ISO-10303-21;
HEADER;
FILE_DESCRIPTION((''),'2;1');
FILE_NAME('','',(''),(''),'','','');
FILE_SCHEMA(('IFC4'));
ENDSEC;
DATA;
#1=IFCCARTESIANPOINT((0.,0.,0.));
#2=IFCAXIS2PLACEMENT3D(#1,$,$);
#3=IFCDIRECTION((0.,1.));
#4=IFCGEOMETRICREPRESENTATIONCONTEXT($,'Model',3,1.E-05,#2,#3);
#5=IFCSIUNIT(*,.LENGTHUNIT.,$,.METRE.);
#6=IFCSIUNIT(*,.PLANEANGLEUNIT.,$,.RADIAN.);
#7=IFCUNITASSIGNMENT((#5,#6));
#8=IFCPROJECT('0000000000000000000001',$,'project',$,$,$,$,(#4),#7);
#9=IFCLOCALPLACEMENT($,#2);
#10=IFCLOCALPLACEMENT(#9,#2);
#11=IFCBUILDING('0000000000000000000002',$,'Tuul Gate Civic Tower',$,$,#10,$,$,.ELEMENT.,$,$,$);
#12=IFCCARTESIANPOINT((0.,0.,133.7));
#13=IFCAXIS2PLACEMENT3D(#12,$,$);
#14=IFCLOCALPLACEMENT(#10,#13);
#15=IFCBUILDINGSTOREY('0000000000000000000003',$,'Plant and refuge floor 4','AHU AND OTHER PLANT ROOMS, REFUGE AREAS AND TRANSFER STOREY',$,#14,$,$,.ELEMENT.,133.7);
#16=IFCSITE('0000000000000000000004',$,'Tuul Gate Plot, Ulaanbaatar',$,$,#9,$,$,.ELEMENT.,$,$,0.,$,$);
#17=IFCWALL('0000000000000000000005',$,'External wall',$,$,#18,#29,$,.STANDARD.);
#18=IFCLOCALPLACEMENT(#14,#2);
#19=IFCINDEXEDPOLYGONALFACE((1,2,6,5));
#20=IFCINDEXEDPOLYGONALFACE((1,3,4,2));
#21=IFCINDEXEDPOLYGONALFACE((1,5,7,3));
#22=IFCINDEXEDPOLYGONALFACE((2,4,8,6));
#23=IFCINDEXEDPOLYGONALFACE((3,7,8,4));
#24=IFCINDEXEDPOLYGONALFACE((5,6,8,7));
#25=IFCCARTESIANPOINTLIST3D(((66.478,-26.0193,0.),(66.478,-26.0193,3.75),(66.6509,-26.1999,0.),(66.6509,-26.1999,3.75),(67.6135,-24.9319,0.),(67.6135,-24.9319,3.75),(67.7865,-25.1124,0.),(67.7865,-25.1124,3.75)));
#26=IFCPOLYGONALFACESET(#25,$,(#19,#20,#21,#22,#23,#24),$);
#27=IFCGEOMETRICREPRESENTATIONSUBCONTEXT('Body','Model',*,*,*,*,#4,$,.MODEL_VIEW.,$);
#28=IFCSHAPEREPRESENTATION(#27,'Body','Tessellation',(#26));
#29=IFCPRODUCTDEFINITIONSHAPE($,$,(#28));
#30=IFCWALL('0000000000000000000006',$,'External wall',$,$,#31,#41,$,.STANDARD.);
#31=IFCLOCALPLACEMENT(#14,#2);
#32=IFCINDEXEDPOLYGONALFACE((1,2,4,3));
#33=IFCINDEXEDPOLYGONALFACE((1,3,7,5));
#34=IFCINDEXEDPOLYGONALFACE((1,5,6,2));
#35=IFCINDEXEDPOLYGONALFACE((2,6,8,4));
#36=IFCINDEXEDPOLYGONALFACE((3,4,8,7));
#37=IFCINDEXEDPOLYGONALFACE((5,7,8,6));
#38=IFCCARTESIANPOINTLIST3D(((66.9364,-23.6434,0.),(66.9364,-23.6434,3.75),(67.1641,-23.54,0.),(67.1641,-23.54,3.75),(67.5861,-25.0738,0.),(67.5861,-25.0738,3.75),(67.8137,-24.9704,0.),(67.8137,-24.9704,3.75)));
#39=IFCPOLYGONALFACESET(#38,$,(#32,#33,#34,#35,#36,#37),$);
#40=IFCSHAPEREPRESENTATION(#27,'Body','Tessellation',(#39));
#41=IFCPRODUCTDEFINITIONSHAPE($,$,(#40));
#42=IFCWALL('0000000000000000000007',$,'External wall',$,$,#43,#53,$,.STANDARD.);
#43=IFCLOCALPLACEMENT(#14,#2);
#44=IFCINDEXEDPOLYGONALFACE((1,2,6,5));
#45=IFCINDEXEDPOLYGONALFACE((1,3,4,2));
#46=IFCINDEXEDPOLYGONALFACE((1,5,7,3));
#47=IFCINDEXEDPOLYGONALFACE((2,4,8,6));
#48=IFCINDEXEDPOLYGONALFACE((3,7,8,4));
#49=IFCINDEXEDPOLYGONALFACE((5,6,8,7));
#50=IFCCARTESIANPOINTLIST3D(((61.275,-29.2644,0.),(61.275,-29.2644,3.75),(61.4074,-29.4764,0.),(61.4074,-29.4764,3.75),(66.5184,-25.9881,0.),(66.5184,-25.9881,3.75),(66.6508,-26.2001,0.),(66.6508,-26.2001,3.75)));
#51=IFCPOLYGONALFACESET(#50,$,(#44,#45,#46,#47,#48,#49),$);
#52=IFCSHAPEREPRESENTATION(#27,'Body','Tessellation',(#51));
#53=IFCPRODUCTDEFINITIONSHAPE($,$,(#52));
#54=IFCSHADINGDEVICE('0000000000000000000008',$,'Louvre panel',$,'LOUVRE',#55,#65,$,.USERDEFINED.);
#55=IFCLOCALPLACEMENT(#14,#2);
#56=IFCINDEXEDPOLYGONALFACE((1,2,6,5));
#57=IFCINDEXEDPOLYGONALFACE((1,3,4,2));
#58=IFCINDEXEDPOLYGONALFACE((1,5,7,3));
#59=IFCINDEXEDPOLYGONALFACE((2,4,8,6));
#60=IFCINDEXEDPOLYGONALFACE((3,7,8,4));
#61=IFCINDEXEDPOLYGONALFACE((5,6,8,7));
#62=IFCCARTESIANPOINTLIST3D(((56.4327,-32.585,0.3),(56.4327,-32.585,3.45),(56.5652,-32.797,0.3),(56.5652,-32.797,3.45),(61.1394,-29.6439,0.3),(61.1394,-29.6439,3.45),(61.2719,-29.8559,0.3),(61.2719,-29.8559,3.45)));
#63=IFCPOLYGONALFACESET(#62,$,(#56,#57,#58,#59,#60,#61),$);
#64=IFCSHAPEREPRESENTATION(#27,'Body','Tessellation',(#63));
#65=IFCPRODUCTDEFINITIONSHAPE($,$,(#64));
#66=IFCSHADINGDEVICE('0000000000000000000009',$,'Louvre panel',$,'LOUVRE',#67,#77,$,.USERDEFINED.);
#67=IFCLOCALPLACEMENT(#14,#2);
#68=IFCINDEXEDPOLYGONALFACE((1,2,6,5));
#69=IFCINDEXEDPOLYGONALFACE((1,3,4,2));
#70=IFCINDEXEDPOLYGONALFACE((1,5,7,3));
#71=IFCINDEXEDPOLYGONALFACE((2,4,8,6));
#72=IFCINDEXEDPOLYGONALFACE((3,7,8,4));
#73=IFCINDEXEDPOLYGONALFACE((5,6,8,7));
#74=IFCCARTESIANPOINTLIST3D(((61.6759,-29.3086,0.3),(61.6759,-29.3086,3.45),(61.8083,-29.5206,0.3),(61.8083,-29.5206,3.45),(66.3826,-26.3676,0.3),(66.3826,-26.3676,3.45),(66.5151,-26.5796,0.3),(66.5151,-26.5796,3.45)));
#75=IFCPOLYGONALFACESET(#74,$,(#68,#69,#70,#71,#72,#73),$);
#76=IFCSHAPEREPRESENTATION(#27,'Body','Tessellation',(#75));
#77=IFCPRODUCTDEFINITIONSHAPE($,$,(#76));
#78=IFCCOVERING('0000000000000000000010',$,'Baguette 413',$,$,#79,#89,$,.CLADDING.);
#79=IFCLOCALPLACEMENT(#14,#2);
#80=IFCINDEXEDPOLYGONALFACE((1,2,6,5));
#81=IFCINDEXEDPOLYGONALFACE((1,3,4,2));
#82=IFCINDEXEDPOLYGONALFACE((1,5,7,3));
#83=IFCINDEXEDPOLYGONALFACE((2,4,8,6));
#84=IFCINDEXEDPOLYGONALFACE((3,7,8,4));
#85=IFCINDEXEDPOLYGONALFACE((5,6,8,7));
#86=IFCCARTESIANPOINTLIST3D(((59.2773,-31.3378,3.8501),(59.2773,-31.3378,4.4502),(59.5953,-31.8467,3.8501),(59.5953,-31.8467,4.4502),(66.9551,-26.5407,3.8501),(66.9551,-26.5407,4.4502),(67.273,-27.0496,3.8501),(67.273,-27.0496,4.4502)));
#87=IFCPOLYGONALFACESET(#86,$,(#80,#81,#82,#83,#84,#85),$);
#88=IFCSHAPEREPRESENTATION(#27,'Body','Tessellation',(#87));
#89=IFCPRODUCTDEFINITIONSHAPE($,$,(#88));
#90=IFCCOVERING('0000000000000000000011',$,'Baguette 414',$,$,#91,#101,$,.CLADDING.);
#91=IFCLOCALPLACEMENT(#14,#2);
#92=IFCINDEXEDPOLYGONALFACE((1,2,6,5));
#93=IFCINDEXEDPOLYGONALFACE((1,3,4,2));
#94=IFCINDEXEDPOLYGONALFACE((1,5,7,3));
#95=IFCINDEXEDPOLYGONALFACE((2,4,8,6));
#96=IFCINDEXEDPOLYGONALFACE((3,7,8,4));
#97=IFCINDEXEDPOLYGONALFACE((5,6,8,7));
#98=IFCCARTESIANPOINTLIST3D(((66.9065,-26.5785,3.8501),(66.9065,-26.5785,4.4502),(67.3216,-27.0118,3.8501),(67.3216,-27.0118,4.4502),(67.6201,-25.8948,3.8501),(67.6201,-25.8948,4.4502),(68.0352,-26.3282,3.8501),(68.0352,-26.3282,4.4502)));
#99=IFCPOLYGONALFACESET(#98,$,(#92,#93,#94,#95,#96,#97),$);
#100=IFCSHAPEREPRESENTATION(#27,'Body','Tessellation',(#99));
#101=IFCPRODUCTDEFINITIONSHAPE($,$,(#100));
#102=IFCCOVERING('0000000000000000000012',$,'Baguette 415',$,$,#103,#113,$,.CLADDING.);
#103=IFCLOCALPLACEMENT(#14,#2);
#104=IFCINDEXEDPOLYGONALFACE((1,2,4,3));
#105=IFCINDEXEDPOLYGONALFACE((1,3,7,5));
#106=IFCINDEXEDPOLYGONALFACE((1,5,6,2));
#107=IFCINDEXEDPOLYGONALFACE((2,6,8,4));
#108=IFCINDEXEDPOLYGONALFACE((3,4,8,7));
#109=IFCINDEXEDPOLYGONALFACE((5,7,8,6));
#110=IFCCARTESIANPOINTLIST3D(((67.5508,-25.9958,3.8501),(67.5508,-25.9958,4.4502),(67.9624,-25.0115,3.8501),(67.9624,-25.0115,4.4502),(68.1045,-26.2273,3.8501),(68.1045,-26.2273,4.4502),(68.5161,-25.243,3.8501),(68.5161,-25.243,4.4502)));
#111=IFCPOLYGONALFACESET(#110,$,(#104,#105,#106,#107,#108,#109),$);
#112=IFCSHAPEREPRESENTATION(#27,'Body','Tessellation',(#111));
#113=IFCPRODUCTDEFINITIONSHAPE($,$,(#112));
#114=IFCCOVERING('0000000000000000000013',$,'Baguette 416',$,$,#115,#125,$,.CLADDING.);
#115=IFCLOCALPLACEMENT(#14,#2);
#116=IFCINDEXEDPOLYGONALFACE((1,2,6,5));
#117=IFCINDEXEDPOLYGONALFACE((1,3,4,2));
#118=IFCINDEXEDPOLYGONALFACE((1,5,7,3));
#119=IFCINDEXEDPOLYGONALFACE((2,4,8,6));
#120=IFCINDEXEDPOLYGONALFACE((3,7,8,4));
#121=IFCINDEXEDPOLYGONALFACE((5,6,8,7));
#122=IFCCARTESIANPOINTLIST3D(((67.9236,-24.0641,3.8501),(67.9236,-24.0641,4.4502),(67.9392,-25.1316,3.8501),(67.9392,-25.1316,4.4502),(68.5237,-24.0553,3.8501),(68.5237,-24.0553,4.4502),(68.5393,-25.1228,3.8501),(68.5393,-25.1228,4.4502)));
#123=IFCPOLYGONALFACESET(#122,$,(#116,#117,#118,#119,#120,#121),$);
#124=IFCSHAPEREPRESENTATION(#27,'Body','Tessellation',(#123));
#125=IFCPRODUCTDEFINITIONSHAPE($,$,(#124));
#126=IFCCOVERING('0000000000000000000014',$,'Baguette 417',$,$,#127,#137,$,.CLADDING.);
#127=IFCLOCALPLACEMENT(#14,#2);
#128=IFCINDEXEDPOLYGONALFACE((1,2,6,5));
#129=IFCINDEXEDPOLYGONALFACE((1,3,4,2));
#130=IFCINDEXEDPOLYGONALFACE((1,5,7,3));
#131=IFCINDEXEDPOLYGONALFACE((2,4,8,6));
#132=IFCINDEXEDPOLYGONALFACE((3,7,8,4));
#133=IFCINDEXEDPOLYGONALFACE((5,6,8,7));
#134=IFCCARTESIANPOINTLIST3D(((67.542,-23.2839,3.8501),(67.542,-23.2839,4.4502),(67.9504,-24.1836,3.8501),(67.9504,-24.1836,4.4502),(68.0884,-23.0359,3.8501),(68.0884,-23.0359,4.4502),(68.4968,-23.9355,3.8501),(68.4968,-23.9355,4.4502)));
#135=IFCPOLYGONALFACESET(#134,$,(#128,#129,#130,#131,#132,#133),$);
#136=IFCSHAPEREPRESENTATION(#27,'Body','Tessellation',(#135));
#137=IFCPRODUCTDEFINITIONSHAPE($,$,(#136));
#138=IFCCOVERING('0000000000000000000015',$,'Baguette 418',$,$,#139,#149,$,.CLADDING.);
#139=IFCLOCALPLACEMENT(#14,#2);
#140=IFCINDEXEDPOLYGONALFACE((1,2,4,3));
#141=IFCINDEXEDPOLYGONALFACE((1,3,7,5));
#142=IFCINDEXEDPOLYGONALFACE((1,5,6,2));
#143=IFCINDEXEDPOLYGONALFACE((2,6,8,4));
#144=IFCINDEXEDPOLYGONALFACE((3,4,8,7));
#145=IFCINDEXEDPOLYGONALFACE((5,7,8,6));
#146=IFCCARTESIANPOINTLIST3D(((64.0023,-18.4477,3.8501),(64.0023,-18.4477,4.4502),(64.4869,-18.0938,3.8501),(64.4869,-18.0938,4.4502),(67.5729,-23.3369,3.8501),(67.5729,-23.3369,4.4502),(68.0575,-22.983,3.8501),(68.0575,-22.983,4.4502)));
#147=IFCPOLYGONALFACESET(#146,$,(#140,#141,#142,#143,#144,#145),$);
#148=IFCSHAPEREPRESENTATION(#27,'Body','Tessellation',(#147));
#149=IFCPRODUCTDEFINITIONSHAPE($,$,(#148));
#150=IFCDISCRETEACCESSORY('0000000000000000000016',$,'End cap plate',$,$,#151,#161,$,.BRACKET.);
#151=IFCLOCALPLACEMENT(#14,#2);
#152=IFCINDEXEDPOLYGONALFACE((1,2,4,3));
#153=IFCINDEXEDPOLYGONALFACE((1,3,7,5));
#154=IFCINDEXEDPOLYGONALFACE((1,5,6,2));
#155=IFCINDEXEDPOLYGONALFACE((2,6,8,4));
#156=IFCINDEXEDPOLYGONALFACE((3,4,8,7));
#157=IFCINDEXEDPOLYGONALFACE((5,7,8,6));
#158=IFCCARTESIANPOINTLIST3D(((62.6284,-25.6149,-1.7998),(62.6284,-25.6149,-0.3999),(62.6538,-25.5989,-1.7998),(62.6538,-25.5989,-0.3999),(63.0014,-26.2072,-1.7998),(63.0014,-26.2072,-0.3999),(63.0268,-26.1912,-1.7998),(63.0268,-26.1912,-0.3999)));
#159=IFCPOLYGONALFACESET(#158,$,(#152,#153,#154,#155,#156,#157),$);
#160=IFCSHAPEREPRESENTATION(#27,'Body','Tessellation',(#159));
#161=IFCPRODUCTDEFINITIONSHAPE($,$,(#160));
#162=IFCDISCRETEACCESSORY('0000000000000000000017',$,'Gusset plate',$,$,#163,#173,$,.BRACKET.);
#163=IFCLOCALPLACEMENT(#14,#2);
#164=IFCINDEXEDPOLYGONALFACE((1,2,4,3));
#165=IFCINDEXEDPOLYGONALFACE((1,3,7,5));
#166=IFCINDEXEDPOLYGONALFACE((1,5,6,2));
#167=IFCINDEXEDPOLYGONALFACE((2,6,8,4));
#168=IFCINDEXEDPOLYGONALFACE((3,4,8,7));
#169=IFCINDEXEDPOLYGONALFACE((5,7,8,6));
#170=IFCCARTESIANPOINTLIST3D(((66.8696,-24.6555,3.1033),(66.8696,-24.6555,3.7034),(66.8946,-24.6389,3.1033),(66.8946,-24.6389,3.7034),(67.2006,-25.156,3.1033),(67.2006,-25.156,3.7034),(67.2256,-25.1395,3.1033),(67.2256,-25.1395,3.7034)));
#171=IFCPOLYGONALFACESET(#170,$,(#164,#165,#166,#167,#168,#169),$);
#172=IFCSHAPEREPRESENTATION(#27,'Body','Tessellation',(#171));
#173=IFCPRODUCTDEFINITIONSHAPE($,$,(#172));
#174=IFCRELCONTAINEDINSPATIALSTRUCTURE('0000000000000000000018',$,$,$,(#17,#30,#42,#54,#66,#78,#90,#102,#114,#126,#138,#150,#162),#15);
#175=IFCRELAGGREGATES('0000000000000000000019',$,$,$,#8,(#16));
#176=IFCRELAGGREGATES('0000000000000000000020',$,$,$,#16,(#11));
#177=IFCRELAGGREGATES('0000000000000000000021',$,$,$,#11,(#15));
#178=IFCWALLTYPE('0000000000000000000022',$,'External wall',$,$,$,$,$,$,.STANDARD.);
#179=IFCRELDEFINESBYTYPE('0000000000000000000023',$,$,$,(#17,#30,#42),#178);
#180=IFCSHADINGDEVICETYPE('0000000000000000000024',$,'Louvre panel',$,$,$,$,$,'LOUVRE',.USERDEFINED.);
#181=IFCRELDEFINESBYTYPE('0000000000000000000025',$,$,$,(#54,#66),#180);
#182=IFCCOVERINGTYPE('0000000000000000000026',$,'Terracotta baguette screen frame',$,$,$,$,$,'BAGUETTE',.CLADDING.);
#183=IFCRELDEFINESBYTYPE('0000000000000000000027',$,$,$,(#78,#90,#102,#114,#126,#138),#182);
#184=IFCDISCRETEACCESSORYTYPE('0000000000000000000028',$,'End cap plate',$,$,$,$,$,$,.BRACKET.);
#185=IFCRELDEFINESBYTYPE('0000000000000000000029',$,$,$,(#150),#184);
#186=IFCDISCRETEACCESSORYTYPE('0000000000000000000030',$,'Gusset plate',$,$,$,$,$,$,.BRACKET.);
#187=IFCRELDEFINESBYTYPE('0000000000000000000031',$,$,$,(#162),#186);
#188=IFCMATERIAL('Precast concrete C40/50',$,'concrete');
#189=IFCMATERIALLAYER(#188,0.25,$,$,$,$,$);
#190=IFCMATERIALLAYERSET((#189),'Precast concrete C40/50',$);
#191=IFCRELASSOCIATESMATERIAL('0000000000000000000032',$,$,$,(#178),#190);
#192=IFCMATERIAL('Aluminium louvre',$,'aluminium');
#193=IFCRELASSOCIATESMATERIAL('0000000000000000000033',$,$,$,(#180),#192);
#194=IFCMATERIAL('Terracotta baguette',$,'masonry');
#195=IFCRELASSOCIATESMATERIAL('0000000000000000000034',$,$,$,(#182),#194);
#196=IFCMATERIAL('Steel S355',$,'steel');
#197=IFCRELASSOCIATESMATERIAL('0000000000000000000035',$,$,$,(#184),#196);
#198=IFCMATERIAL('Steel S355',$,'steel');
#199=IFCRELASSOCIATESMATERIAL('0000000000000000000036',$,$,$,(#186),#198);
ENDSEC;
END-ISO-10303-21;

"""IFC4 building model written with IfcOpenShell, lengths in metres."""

from ifc_helpers import new_model, si_unit, direction, frame, frame_2d, origin, origin_2d, place, context, subcontext, project, spatial, rectangle, extrude, material, layer, layer_set, material_profile, profile_set, type_object, element, save


model = new_model("IFC4")

# Units and contexts
model_context = context("Model", 3, precision=1e-05, world=origin(), true_north=direction((0.0, 1.0)))
body_context = subcontext(model_context, "Body", "Model", "MODEL_VIEW")
ifc_project = project(units=[si_unit("LENGTHUNIT", "METRE"), si_unit("PLANEANGLEUNIT", "RADIAN")], contexts=[model_context])

# Site, building, storey
site_placement = place(None, origin())
site = spatial("IfcSite", under=ifc_project, at=site_placement, Name="Tuul Gate Plot, Ulaanbaatar", CompositionType="ELEMENT", RefElevation=0.0)
building_placement = place(site_placement, origin())
building = spatial("IfcBuilding", under=site, at=building_placement, Name="Tuul Gate Civic Tower", CompositionType="ELEMENT")
storey_placement = place(building_placement, frame((0.0, 0.0, 133.7)))
storey = spatial("IfcBuildingStorey", under=building, at=storey_placement, Name="Plant and refuge floor 4", Description="AHU AND OTHER PLANT ROOMS, REFUGE AREAS AND TRANSFER STOREY", CompositionType="ELEMENT", Elevation=133.7)

# Walls
ifc_material_1 = material(Name="Precast concrete C40/50", Category="concrete")
ifc_layer_1 = layer(ifc_material_1, 0.25)
ifc_layer_set_1 = layer_set([ifc_layer_1], Name="Precast concrete C40/50")
wall_type_1 = type_object("IfcWallType", Name="External wall", PredefinedType="STANDARD", material=ifc_layer_set_1)
wall_1_placement = place(storey_placement, frame((66.5645, -26.1096, 0.0), z_axis=(0.0, 0.0, 1.0), x_axis=(0.722237, 0.691646, 0.0)))
element("IfcWall", 1, at=wall_1_placement, inside=storey, type_object=wall_type_1, Name="External wall", PredefinedType="STANDARD", context=body_context, shape_type="SweptSolid", body=[
    extrude(rectangle(XDim=1.5723, YDim=0.25, at=frame_2d((0.7861, 0.0))), origin(), (0.0, 0.0, 1.0), 3.75),
])
wall_2_placement = place(storey_placement, frame((67.7, -25.0222, 0.0), z_axis=(0.0, 0.0, 1.0), x_axis=(-0.413522, 0.910494, 0.0)))
element("IfcWall", 2, at=wall_2_placement, inside=storey, type_object=wall_type_1, Name="External wall", PredefinedType="STANDARD", context=body_context, shape_type="SweptSolid", body=[
    extrude(rectangle(XDim=1.571, YDim=0.25, at=frame_2d((0.7856, 0.0))), origin(), (0.0, 0.0, 1.0), 3.75),
])
wall_3_placement = place(storey_placement, frame((61.3413, -29.3704, 0.0), z_axis=(0.0, 0.0, 1.0), x_axis=(0.848054, 0.52991, 0.0)))
element("IfcWall", 3, at=wall_3_placement, inside=storey, type_object=wall_type_1, Name="External wall", PredefinedType="STANDARD", context=body_context, shape_type="SweptSolid", body=[
    extrude(rectangle(XDim=6.1829, YDim=0.25, at=frame_2d((3.0913, 0.0))), origin(), (0.0, 0.0, 1.0), 3.75),
])

# Shading devices
ifc_material_2 = material(Name="Aluminium louvre", Category="aluminium")
shading_device_type = type_object("IfcShadingDeviceType", Name="Louvre panel", ElementType="LOUVRE", PredefinedType="USERDEFINED", material=ifc_material_2)
for number, where, z_axis, x_axis, name in (
    (4, (58.8523, -31.2205, 0.3), (0.0, 0.0, 1.0), (0.529912, -0.848053, 0.0), "Louvre panel"),
    (5, (64.0955, -27.9441, 0.3), (0.0, 0.0, 1.0), (0.529912, -0.848053, 0.0), "Louvre panel"),
):
    element("IfcShadingDevice", number, at=place(storey_placement, frame(where, z_axis=z_axis, x_axis=x_axis)), inside=storey, type_object=shading_device_type, Name=name, ObjectType="LOUVRE", PredefinedType="USERDEFINED", context=body_context, shape_type="SweptSolid", body=[
        extrude(rectangle(XDim=0.25, YDim=5.55, at=origin_2d()), origin(), (0.0, 0.0, 1.0), 3.1499),
    ])

# Coverings
ifc_material_3 = material(Name="Terracotta baguette", Category="masonry")
ifc_material_profile_1 = material_profile(ifc_material_3, rectangle(XDim=0.6001, YDim=0.6001, at=origin_2d()), Name="Terracotta baguette screen frame")
ifc_profile_set_1 = profile_set([ifc_material_profile_1], Name="Terracotta baguette")
covering_type = type_object("IfcCoveringType", Name="Terracotta baguette screen frame", ElementType="BAGUETTE", PredefinedType="CLADDING", material=ifc_profile_set_1)
covering_1_placement = place(storey_placement, frame((59.4363, -31.5923, 4.1501), z_axis=(0.848071, 0.529883, 0.0), x_axis=(-0.529883, 0.848071, 0.0)))
element("IfcCovering", 6, at=covering_1_placement, inside=storey, type_object=covering_type, Name="Baguette 413", PredefinedType="CLADDING", context=body_context, shape_type="SweptSolid", body=[
    extrude(rectangle(XDim=0.6001, YDim=0.6001, at=origin_2d()), origin(), (0.0, 0.0, 1.0), 9.0532),
])
covering_2_placement = place(storey_placement, frame((67.114, -26.7952, 4.1501), z_axis=(0.722137, 0.69175, 0.0), x_axis=(-0.69175, 0.722137, 0.0)))
element("IfcCovering", 7, at=covering_2_placement, inside=storey, type_object=covering_type, Name="Baguette 414", PredefinedType="CLADDING", context=body_context, shape_type="SweptSolid", body=[
    extrude(rectangle(XDim=0.6001, YDim=0.6001, at=origin_2d()), origin(), (0.0, 0.0, 1.0), 0.9883),
])
covering_3_placement = place(storey_placement, frame((67.8276, -26.1116, 4.1501), z_axis=(0.385785, 0.922589, 0.0), x_axis=(-0.922589, 0.385785, 0.0)))
element("IfcCovering", 8, at=covering_3_placement, inside=storey, type_object=covering_type, Name="Baguette 415", PredefinedType="CLADDING", context=body_context, shape_type="SweptSolid", body=[
    extrude(rectangle(XDim=0.6001, YDim=0.6001, at=origin_2d()), origin(), (0.0, 0.0, 1.0), 1.0669),
])
covering_4_placement = place(storey_placement, frame((68.2393, -25.1272, 4.1501), z_axis=(-0.014634, 0.999893, 0.0), x_axis=(-0.999893, -0.014634, 0.0)))
element("IfcCovering", 9, at=covering_4_placement, inside=storey, type_object=covering_type, Name="Baguette 416", PredefinedType="CLADDING", context=body_context, shape_type="SweptSolid", body=[
    extrude(rectangle(XDim=0.6001, YDim=0.6001, at=origin_2d()), origin(), (0.0, 0.0, 1.0), 1.0676),
])
covering_5_placement = place(storey_placement, frame((68.2236, -24.0596, 4.1501), z_axis=(-0.413393, 0.910553, 0.0), x_axis=(-0.910553, -0.413393, 0.0)))
element("IfcCovering", 10, at=covering_5_placement, inside=storey, type_object=covering_type, Name="Baguette 417", PredefinedType="CLADDING", context=body_context, shape_type="SweptSolid", body=[
    extrude(rectangle(XDim=0.6001, YDim=0.6001, at=origin_2d()), origin(), (0.0, 0.0, 1.0), 0.988),
])
covering_6_placement = place(storey_placement, frame((67.8152, -23.1599, 4.1501), z_axis=(-0.58977, 0.807571, 0.0), x_axis=(-0.807571, -0.58977, 0.0)))
element("IfcCovering", 11, at=covering_6_placement, inside=storey, type_object=covering_type, Name="Baguette 418", PredefinedType="CLADDING", context=body_context, shape_type="SweptSolid", body=[
    extrude(rectangle(XDim=0.6001, YDim=0.6001, at=origin_2d()), origin(), (0.0, 0.0, 1.0), 6.0542),
])

# Discrete accessories
ifc_material_4 = material(Name="Steel S355", Category="steel")
discrete_accessory_type_1 = type_object("IfcDiscreteAccessoryType", Name="End cap plate", PredefinedType="BRACKET", material=ifc_material_4)
discrete_accessory_1_placement = place(storey_placement, frame((62.8276, -25.9031, -1.7998), z_axis=(0.0, 0.0, 1.0), x_axis=(0.846187, 0.532886, 0.0)))
element("IfcDiscreteAccessory", 12, at=discrete_accessory_1_placement, inside=storey, type_object=discrete_accessory_type_1, Name="End cap plate", PredefinedType="BRACKET", context=body_context, shape_type="SweptSolid", body=[
    extrude(rectangle(XDim=0.03, YDim=0.7, at=origin_2d()), origin(), (0.0, 0.0, 1.0), 1.3999),
])
ifc_material_5 = material(Name="Steel S355", Category="steel")
discrete_accessory_type_2 = type_object("IfcDiscreteAccessoryType", Name="Gusset plate", PredefinedType="BRACKET", material=ifc_material_5)
discrete_accessory_2_placement = place(storey_placement, frame((67.0476, -24.8975, 3.1033), z_axis=(0.0, 0.0, 1.0), x_axis=(-0.551598, 0.83411, 0.0)))
element("IfcDiscreteAccessory", 13, at=discrete_accessory_2_placement, inside=storey, type_object=discrete_accessory_type_2, Name="Gusset plate", PredefinedType="BRACKET", context=body_context, shape_type="SweptSolid", body=[
    extrude(rectangle(XDim=0.6001, YDim=0.03, at=origin_2d()), origin(), (0.0, 0.0, 1.0), 0.6001),
])

save(model, "model.ifc")
